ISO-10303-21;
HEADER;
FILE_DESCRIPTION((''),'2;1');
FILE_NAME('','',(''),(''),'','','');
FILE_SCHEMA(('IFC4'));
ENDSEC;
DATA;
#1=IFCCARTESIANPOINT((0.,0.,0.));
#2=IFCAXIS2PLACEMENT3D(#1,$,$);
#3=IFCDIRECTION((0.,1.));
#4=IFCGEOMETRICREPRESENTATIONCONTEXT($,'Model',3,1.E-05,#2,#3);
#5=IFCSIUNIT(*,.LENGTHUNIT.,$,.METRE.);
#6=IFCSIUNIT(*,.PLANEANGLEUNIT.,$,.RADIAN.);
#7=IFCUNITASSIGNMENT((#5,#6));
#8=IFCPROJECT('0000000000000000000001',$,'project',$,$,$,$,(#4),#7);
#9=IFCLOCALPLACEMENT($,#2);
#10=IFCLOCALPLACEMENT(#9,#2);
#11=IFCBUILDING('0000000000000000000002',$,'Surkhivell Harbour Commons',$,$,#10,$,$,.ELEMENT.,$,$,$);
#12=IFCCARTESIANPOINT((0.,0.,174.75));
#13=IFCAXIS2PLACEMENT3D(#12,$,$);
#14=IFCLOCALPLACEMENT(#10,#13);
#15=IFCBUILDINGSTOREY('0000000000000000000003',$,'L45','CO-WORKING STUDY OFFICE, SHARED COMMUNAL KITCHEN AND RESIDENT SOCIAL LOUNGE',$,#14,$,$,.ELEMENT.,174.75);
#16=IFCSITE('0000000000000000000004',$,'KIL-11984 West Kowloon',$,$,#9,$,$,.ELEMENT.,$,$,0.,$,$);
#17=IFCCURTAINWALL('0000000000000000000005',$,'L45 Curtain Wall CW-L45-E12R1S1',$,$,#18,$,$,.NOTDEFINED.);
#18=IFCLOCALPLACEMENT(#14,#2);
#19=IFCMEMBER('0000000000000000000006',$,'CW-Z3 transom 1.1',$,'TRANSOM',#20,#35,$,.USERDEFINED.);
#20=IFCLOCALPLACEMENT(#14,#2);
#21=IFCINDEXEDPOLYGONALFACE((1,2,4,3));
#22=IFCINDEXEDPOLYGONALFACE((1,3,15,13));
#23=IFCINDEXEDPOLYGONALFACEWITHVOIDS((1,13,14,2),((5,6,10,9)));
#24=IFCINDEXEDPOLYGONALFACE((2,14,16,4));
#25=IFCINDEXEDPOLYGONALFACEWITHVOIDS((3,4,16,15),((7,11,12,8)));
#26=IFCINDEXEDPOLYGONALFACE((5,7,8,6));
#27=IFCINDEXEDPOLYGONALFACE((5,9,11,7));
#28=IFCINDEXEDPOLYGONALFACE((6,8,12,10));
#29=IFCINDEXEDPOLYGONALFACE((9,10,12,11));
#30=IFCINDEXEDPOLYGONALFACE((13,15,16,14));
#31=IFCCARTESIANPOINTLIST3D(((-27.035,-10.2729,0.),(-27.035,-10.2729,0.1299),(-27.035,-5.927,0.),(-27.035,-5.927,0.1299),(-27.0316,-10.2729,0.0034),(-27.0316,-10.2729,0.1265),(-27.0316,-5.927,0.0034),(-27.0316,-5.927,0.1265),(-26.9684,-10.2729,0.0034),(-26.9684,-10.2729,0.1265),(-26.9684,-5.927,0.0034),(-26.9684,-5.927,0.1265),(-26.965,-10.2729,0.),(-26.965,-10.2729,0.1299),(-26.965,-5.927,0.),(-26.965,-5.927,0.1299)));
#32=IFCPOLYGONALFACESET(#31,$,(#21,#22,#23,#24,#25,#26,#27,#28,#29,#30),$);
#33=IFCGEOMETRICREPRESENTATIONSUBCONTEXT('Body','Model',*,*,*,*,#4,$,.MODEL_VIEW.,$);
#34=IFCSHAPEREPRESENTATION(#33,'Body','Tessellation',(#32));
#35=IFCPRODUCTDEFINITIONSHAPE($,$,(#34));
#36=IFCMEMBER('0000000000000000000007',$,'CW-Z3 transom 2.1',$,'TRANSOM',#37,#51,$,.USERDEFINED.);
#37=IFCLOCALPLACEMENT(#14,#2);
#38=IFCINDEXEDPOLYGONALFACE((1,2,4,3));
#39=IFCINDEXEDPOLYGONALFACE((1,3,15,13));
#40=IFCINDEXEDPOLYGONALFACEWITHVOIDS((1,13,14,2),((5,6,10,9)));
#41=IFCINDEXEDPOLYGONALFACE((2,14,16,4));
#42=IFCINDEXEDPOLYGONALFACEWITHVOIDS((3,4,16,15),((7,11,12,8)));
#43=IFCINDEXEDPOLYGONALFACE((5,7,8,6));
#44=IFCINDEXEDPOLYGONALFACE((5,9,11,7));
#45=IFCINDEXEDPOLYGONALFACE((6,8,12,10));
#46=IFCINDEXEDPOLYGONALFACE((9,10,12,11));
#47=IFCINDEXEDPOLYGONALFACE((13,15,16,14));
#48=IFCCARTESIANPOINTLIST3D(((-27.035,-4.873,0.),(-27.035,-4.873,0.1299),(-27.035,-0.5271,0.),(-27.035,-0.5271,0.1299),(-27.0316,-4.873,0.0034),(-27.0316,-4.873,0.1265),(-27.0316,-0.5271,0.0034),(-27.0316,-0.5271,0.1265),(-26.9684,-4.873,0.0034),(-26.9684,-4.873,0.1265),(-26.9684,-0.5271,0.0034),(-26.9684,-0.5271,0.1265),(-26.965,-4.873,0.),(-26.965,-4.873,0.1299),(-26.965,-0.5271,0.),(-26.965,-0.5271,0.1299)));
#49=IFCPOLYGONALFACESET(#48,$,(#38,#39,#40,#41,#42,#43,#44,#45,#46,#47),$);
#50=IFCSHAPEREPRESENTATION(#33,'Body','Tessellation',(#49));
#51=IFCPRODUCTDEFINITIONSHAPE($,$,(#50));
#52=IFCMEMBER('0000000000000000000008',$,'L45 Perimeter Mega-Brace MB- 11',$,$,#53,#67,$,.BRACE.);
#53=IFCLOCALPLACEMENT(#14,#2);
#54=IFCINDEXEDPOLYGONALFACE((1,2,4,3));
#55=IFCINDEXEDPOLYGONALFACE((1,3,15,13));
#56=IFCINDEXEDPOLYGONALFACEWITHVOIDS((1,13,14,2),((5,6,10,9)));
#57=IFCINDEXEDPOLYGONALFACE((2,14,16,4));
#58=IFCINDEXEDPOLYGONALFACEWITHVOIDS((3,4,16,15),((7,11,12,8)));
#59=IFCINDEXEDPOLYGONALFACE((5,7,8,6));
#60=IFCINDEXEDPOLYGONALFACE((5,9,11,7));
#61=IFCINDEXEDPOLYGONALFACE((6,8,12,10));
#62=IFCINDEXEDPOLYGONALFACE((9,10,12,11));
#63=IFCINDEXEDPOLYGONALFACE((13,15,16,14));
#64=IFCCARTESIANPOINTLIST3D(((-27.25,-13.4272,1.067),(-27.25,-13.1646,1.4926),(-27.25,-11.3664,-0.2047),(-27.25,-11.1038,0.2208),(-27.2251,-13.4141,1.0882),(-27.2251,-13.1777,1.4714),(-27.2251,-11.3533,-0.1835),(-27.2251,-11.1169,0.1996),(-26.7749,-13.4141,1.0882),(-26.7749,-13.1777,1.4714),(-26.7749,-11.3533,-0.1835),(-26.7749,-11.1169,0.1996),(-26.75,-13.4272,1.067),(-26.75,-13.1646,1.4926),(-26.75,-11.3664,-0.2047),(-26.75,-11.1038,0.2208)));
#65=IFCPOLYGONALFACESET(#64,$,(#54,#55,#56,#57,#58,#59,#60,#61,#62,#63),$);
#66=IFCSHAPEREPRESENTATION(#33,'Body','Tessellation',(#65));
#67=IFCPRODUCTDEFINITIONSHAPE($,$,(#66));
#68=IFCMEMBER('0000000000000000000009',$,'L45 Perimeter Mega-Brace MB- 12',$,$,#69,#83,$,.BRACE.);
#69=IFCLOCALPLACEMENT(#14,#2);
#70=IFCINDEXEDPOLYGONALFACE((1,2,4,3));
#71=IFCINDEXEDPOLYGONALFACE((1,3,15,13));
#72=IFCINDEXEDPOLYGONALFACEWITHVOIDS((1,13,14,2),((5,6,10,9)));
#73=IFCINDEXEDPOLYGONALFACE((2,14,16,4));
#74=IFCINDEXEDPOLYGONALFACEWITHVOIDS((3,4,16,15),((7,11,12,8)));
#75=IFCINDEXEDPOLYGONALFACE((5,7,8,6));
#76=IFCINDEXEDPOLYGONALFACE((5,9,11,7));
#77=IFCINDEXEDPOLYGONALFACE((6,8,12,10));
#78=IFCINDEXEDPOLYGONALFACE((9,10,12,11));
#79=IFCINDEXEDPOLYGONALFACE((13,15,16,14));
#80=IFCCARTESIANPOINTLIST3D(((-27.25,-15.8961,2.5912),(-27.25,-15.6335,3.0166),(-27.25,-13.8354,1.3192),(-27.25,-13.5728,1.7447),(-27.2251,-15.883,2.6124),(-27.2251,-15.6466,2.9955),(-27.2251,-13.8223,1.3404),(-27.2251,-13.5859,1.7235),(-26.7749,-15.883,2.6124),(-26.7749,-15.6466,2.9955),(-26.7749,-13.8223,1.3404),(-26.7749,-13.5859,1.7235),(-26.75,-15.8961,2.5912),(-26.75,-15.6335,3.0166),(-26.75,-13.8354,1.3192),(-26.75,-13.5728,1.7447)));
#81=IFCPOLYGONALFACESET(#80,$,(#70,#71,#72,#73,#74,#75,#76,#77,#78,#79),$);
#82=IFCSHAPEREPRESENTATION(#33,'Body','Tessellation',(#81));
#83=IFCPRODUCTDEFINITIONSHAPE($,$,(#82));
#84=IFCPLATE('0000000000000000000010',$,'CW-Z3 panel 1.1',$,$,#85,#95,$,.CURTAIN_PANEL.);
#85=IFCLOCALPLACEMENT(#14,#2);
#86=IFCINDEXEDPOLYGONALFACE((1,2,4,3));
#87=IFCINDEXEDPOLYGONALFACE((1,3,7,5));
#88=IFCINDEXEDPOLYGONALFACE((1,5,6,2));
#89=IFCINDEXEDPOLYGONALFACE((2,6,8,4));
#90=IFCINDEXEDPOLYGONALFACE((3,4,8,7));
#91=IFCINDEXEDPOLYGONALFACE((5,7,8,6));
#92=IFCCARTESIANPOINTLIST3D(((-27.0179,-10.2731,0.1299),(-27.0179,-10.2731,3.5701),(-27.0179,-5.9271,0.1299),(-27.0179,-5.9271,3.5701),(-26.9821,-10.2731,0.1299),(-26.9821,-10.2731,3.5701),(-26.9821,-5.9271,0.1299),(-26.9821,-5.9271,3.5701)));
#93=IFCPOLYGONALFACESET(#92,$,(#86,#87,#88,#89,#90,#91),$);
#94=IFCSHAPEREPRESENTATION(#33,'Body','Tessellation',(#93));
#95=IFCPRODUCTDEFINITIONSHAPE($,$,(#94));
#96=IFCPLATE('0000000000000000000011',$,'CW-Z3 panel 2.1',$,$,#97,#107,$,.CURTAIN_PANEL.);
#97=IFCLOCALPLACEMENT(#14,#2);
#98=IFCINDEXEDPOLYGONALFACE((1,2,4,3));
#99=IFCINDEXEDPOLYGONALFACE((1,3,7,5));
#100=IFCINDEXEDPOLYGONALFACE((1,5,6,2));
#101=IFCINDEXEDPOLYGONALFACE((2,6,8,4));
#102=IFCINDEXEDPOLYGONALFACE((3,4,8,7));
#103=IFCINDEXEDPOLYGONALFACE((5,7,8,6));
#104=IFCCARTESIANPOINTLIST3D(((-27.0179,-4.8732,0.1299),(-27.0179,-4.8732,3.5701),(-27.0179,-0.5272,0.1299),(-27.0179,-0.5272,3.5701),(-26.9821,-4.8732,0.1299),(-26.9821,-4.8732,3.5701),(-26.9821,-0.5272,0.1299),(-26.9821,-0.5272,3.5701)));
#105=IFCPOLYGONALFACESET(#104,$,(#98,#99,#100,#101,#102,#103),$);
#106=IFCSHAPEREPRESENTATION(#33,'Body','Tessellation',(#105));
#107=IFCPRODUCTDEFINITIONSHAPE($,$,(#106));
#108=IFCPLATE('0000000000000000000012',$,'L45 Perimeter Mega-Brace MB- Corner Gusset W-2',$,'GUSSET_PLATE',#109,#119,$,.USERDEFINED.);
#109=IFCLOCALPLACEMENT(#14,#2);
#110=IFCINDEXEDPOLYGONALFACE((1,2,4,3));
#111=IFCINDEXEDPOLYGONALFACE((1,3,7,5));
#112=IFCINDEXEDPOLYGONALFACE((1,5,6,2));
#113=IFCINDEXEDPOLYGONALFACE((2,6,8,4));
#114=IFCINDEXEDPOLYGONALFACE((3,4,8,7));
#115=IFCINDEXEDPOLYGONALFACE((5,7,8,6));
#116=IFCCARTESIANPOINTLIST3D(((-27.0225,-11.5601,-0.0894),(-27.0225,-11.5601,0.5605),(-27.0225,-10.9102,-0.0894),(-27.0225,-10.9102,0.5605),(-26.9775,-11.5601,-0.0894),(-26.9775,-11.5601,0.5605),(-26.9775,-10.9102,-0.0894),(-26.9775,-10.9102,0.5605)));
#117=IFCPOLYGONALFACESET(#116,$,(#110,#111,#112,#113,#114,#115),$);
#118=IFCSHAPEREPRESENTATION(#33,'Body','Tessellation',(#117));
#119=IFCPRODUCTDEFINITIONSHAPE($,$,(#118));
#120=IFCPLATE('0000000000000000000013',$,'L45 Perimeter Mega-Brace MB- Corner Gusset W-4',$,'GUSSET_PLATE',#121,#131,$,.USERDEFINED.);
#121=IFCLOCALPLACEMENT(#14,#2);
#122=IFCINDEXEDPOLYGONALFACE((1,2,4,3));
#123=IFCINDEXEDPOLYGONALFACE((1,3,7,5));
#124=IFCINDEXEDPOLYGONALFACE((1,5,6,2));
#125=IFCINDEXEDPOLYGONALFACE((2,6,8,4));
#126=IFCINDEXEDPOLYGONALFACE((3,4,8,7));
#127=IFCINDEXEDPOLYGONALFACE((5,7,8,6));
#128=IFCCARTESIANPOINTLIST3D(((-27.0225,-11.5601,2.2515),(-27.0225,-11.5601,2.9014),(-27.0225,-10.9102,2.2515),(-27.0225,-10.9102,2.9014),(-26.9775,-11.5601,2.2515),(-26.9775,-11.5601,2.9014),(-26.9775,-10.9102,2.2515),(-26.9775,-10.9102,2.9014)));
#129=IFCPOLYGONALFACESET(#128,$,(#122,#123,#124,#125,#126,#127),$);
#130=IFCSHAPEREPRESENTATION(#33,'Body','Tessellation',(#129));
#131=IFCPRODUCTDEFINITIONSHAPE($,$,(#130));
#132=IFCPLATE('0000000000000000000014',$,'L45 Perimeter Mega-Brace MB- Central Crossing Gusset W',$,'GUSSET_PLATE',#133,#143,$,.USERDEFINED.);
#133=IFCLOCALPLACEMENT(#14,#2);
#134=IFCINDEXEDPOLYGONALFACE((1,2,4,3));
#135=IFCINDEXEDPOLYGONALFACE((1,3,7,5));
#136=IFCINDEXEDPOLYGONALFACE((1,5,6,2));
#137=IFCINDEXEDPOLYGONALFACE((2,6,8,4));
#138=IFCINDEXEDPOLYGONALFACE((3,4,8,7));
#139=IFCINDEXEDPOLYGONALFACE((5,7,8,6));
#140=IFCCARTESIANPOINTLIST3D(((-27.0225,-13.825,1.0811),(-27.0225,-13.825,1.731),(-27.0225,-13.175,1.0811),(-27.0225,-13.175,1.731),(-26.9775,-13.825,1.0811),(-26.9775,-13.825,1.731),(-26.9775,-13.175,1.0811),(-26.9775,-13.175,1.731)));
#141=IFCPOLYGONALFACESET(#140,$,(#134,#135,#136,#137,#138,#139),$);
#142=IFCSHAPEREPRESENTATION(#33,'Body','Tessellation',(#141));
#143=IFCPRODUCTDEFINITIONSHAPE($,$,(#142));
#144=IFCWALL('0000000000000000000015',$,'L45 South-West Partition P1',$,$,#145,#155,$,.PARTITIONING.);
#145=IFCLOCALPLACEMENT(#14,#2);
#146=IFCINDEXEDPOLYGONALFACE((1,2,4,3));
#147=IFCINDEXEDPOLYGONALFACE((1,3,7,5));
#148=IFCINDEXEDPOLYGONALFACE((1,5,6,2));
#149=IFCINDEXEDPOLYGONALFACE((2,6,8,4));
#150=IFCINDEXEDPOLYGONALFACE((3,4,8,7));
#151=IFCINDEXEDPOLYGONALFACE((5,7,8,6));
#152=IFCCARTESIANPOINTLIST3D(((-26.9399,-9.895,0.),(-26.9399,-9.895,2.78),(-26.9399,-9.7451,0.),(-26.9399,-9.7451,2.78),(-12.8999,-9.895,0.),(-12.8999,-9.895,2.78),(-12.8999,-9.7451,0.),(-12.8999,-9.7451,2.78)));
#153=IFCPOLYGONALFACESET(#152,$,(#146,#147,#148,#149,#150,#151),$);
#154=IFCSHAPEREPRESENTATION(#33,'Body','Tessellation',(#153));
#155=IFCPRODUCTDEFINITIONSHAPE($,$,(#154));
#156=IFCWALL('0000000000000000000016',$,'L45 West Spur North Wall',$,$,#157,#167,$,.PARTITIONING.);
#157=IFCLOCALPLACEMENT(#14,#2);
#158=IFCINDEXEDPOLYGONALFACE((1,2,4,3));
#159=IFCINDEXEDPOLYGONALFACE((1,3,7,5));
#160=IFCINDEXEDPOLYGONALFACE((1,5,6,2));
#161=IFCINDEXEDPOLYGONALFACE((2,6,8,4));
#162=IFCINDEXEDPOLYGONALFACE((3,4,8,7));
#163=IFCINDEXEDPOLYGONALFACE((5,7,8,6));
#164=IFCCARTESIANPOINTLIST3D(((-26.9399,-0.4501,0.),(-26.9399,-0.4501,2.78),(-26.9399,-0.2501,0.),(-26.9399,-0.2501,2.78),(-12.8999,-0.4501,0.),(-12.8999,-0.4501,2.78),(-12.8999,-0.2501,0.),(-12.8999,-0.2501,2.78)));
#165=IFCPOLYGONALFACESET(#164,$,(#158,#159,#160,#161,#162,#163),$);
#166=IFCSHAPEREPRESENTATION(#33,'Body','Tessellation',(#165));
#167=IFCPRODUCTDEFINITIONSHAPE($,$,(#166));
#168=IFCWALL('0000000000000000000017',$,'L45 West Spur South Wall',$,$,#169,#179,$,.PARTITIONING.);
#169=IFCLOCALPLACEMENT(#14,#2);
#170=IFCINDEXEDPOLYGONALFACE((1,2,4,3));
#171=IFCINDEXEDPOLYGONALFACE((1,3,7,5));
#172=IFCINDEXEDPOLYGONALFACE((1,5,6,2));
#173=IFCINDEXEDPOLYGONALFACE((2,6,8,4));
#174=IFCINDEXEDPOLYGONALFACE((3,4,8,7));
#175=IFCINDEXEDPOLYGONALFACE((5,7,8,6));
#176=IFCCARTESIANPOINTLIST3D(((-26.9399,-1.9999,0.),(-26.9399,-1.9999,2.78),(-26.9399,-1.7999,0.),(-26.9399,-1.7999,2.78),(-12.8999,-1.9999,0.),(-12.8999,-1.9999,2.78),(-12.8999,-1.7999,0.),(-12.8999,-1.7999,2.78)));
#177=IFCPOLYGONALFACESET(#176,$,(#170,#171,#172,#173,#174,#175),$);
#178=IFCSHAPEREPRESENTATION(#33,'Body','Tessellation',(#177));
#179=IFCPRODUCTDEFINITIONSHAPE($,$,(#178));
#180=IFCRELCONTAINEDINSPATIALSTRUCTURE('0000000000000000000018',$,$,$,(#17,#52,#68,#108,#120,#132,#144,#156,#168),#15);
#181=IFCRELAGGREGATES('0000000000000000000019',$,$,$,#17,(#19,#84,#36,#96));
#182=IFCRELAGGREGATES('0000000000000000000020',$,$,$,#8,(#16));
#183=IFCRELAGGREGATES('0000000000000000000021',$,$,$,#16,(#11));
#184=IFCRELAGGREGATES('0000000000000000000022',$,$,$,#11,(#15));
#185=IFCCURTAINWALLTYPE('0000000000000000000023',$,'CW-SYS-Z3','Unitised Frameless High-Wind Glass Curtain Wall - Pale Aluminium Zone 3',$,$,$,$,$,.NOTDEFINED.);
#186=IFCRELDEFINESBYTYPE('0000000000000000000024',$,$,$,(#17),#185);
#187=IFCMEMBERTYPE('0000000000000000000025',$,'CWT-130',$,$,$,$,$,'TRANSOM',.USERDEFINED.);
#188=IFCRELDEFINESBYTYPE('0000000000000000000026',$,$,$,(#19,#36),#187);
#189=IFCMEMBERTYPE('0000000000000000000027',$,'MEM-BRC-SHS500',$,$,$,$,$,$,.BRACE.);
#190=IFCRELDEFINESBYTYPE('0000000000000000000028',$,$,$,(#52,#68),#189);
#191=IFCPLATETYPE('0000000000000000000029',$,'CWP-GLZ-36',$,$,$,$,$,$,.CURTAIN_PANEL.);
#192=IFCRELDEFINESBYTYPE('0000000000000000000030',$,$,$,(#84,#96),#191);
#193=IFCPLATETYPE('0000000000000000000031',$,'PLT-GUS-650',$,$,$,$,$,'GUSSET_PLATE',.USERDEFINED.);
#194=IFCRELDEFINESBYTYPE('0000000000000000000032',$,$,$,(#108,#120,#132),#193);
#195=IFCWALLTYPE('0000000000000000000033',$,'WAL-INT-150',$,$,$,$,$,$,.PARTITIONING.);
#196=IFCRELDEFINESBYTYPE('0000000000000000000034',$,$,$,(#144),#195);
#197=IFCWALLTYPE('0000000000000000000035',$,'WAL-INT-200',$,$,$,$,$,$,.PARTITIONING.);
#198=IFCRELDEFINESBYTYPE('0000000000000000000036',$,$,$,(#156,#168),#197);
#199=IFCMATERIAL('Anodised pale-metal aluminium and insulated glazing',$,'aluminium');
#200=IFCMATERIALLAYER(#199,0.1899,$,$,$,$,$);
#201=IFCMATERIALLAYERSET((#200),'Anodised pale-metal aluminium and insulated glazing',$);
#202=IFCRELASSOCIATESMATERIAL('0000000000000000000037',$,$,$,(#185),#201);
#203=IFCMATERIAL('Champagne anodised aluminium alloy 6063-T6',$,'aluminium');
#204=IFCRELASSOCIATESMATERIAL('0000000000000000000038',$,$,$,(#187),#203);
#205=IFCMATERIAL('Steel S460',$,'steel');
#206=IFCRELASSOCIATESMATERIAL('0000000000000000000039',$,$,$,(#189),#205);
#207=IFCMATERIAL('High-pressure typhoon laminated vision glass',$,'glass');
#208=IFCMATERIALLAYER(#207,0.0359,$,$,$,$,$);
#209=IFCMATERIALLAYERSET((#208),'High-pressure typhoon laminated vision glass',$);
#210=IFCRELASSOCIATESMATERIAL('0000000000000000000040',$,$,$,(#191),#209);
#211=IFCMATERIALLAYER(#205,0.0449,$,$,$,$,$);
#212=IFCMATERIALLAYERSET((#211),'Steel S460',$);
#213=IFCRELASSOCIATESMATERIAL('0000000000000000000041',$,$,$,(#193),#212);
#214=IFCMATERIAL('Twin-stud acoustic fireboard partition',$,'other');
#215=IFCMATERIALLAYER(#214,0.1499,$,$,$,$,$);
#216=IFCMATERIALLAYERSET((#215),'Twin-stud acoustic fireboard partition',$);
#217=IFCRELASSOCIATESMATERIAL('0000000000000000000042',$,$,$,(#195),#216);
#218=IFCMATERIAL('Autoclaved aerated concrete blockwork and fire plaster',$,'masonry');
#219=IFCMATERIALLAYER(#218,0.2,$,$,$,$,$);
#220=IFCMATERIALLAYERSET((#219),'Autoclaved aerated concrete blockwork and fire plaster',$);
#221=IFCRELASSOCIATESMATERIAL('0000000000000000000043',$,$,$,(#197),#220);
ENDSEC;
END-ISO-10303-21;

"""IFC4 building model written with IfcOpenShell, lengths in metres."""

from ifc_helpers import new_model, si_unit, direction, frame, frame_2d, origin, origin_2d, place, context, subcontext, project, spatial, rectangle, hollow_rectangle, extrude, material, layer, layer_set, material_profile, profile_set, type_object, element, aggregate, save


model = new_model("IFC4")

# Units and contexts
model_context = context("Model", 3, precision=1e-05, world=origin(), true_north=direction((0.0, 1.0)))
body_context = subcontext(model_context, "Body", "Model", "MODEL_VIEW")
ifc_project = project(units=[si_unit("LENGTHUNIT", "METRE"), si_unit("PLANEANGLEUNIT", "RADIAN")], contexts=[model_context])

# Site, building, storey
site_placement = place(None, origin())
site = spatial("IfcSite", under=ifc_project, at=site_placement, Name="KIL-11984 West Kowloon", CompositionType="ELEMENT", RefElevation=0.0)
building_placement = place(site_placement, origin())
building = spatial("IfcBuilding", under=site, at=building_placement, Name="Surkhivell Harbour Commons", CompositionType="ELEMENT")
storey_placement = place(building_placement, frame((0.0, 0.0, 174.75)))
storey = spatial("IfcBuildingStorey", under=building, at=storey_placement, Name="L45", Description="CO-WORKING STUDY OFFICE, SHARED COMMUNAL KITCHEN AND RESIDENT SOCIAL LOUNGE", CompositionType="ELEMENT", Elevation=174.75)

# Curtain wall, members
ifc_material_1 = material(Name="Anodised pale-metal aluminium and insulated glazing", Category="aluminium")
ifc_layer_1 = layer(ifc_material_1, 0.1899)
ifc_layer_set_1 = layer_set([ifc_layer_1], Name="Anodised pale-metal aluminium and insulated glazing")
curtain_wall_type = type_object("IfcCurtainWallType", Name="CW-SYS-Z3", Description="Unitised Frameless High-Wind Glass Curtain Wall - Pale Aluminium Zone 3", PredefinedType="NOTDEFINED", material=ifc_layer_set_1)
curtain_wall_placement = place(storey_placement, origin())
curtain_wall = element("IfcCurtainWall", 1, at=curtain_wall_placement, inside=storey, type_object=curtain_wall_type, Name="L45 Curtain Wall CW-L45-E12R1S1", PredefinedType="NOTDEFINED")
ifc_material_2 = material(Name="Champagne anodised aluminium alloy 6063-T6", Category="aluminium")
ifc_material_profile_1 = material_profile(ifc_material_2, hollow_rectangle(XDim=0.0701, YDim=0.1299, WallThickness=0.0034, at=origin_2d()), Name="ALU-TRAN-70x130")
ifc_profile_set_1 = profile_set([ifc_material_profile_1], Name="Champagne anodised aluminium alloy 6063-T6")
member_type_1 = type_object("IfcMemberType", Name="CWT-130", ElementType="TRANSOM", PredefinedType="USERDEFINED", material=ifc_profile_set_1)
member_1_placement = place(storey_placement, frame((-27.0, -10.2729, 0.0649), z_axis=(0.0, 1.0, 0.0), x_axis=(-1.0, 0.0, 0.0)))
member_1 = element("IfcMember", 2, at=member_1_placement, type_object=member_type_1, Name="CW-Z3 transom 1.1", ObjectType="TRANSOM", PredefinedType="USERDEFINED", context=body_context, shape_type="SweptSolid", body=[
    extrude(hollow_rectangle(XDim=0.0701, YDim=0.1299, WallThickness=0.0034, at=origin_2d()), origin(), (0.0, 0.0, 1.0), 4.3459),
])
member_2_placement = place(storey_placement, frame((-27.0, -4.873, 0.0649), z_axis=(0.0, 1.0, 0.0), x_axis=(-1.0, 0.0, 0.0)))
member_2 = element("IfcMember", 3, at=member_2_placement, type_object=member_type_1, Name="CW-Z3 transom 2.1", ObjectType="TRANSOM", PredefinedType="USERDEFINED", context=body_context, shape_type="SweptSolid", body=[
    extrude(hollow_rectangle(XDim=0.0701, YDim=0.1299, WallThickness=0.0034, at=origin_2d()), origin(), (0.0, 0.0, 1.0), 4.3459),
])

# Members
ifc_material_3 = material(Name="Steel S460", Category="steel")
ifc_material_profile_2 = material_profile(ifc_material_3, hollow_rectangle(XDim=0.5, YDim=0.5, WallThickness=0.0249, at=origin_2d()), Name="SHS500x500x25")
ifc_profile_set_2 = profile_set([ifc_material_profile_2], Name="Steel S460")
member_type_2 = type_object("IfcMemberType", Name="MEM-BRC-SHS500", PredefinedType="BRACE", material=ifc_profile_set_2)
for number, where, z_axis, x_axis, name in (
    (4, (-27.0, -11.2351, 0.0081), (0.0, -0.851003, 0.52516), (1.0, 0.0, 0.0), "L45 Perimeter Mega-Brace MB- 11"),
    (5, (-27.0, -13.7041, 1.532), (0.0, -0.850958, 0.525233), (1.0, 0.0, 0.0), "L45 Perimeter Mega-Brace MB- 12"),
):
    element("IfcMember", number, at=place(storey_placement, frame(where, z_axis=z_axis, x_axis=x_axis)), inside=storey, type_object=member_type_2, Name=name, PredefinedType="BRACE", context=body_context, shape_type="SweptSolid", body=[
        extrude(hollow_rectangle(XDim=0.5, YDim=0.5, WallThickness=0.0249, at=origin_2d()), origin(), (0.0, 0.0, 1.0), 2.4216),
    ])

# Plates
ifc_material_4 = material(Name="High-pressure typhoon laminated vision glass", Category="glass")
ifc_layer_2 = layer(ifc_material_4, 0.0359)
ifc_layer_set_2 = layer_set([ifc_layer_2], Name="High-pressure typhoon laminated vision glass")
plate_type_1 = type_object("IfcPlateType", Name="CWP-GLZ-36", PredefinedType="CURTAIN_PANEL", material=ifc_layer_set_2)
plate_1_placement = place(storey_placement, frame((-27.0, -10.2729, 0.1299), z_axis=(0.0, 0.0, 1.0), x_axis=(0.0, 1.0, 0.0)))
plate_1 = element("IfcPlate", 6, at=plate_1_placement, type_object=plate_type_1, Name="CW-Z3 panel 1.1", PredefinedType="CURTAIN_PANEL", context=body_context, shape_type="SweptSolid", body=[
    extrude(rectangle(XDim=4.3459, YDim=0.0359, at=frame_2d((2.1729, 0.0))), origin(), (0.0, 0.0, 1.0), 3.4402),
])
plate_2_placement = place(storey_placement, frame((-27.0, -4.873, 0.1299), z_axis=(0.0, 0.0, 1.0), x_axis=(0.0, 1.0, 0.0)))
plate_2 = element("IfcPlate", 7, at=plate_2_placement, type_object=plate_type_1, Name="CW-Z3 panel 2.1", PredefinedType="CURTAIN_PANEL", context=body_context, shape_type="SweptSolid", body=[
    extrude(rectangle(XDim=4.3459, YDim=0.0359, at=frame_2d((2.1729, 0.0))), origin(), (0.0, 0.0, 1.0), 3.4402),
])
aggregate(curtain_wall, [member_1, plate_1, member_2, plate_2])

# Plates
ifc_layer_3 = layer(ifc_material_3, 0.0449)
ifc_layer_set_3 = layer_set([ifc_layer_3], Name="Steel S460")
plate_type_2 = type_object("IfcPlateType", Name="PLT-GUS-650", ElementType="GUSSET_PLATE", PredefinedType="USERDEFINED", material=ifc_layer_set_3)
for number, where, z_axis, x_axis, name in (
    (8, (-27.0, -11.2351, -0.0894), (0.0, 0.0, 1.0), (0.0, 1.0, 0.0), "L45 Perimeter Mega-Brace MB- Corner Gusset W-2"),
    (9, (-27.0, -11.2351, 2.2515), (0.0, 0.0, 1.0), (0.0, 1.0, 0.0), "L45 Perimeter Mega-Brace MB- Corner Gusset W-4"),
    (10, (-27.0, -13.5, 1.0811), (0.0, 0.0, 1.0), (0.0, 1.0, 0.0), "L45 Perimeter Mega-Brace MB- Central Crossing Gusset W"),
):
    element("IfcPlate", number, at=place(storey_placement, frame(where, z_axis=z_axis, x_axis=x_axis)), inside=storey, type_object=plate_type_2, Name=name, ObjectType="GUSSET_PLATE", PredefinedType="USERDEFINED", context=body_context, shape_type="SweptSolid", body=[
        extrude(rectangle(XDim=0.6499, YDim=0.0449, at=origin_2d()), origin(), (0.0, 0.0, 1.0), 0.6499),
    ])

# Walls
ifc_material_5 = material(Name="Twin-stud acoustic fireboard partition", Category="other")
ifc_layer_4 = layer(ifc_material_5, 0.1499)
ifc_layer_set_4 = layer_set([ifc_layer_4], Name="Twin-stud acoustic fireboard partition")
wall_type_1 = type_object("IfcWallType", Name="WAL-INT-150", PredefinedType="PARTITIONING", material=ifc_layer_set_4)
wall_placement = place(storey_placement, frame((-26.9399, -9.8201, 0.0), z_axis=(0.0, 0.0, 1.0), x_axis=(1.0, 0.0, 0.0)))
element("IfcWall", 11, at=wall_placement, inside=storey, type_object=wall_type_1, Name="L45 South-West Partition P1", PredefinedType="PARTITIONING", context=body_context, shape_type="SweptSolid", body=[
    extrude(rectangle(XDim=14.04, YDim=0.1499, at=frame_2d((7.02, 0.0))), origin(), (0.0, 0.0, 1.0), 2.78),
])
ifc_material_6 = material(Name="Autoclaved aerated concrete blockwork and fire plaster", Category="masonry")
ifc_layer_5 = layer(ifc_material_6, 0.2)
ifc_layer_set_5 = layer_set([ifc_layer_5], Name="Autoclaved aerated concrete blockwork and fire plaster")
wall_type_2 = type_object("IfcWallType", Name="WAL-INT-200", PredefinedType="PARTITIONING", material=ifc_layer_set_5)
for number, where, z_axis, x_axis, name in (
    (12, (-26.9399, -0.3501, 0.0), (0.0, 0.0, 1.0), (1.0, 0.0, 0.0), "L45 West Spur North Wall"),
    (13, (-26.9399, -1.8999, 0.0), (0.0, 0.0, 1.0), (1.0, 0.0, 0.0), "L45 West Spur South Wall"),
):
    element("IfcWall", number, at=place(storey_placement, frame(where, z_axis=z_axis, x_axis=x_axis)), inside=storey, type_object=wall_type_2, Name=name, PredefinedType="PARTITIONING", context=body_context, shape_type="SweptSolid", body=[
        extrude(rectangle(XDim=14.04, YDim=0.2, at=frame_2d((7.02, 0.0))), origin(), (0.0, 0.0, 1.0), 2.78),
    ])

save(model, "model.ifc")
